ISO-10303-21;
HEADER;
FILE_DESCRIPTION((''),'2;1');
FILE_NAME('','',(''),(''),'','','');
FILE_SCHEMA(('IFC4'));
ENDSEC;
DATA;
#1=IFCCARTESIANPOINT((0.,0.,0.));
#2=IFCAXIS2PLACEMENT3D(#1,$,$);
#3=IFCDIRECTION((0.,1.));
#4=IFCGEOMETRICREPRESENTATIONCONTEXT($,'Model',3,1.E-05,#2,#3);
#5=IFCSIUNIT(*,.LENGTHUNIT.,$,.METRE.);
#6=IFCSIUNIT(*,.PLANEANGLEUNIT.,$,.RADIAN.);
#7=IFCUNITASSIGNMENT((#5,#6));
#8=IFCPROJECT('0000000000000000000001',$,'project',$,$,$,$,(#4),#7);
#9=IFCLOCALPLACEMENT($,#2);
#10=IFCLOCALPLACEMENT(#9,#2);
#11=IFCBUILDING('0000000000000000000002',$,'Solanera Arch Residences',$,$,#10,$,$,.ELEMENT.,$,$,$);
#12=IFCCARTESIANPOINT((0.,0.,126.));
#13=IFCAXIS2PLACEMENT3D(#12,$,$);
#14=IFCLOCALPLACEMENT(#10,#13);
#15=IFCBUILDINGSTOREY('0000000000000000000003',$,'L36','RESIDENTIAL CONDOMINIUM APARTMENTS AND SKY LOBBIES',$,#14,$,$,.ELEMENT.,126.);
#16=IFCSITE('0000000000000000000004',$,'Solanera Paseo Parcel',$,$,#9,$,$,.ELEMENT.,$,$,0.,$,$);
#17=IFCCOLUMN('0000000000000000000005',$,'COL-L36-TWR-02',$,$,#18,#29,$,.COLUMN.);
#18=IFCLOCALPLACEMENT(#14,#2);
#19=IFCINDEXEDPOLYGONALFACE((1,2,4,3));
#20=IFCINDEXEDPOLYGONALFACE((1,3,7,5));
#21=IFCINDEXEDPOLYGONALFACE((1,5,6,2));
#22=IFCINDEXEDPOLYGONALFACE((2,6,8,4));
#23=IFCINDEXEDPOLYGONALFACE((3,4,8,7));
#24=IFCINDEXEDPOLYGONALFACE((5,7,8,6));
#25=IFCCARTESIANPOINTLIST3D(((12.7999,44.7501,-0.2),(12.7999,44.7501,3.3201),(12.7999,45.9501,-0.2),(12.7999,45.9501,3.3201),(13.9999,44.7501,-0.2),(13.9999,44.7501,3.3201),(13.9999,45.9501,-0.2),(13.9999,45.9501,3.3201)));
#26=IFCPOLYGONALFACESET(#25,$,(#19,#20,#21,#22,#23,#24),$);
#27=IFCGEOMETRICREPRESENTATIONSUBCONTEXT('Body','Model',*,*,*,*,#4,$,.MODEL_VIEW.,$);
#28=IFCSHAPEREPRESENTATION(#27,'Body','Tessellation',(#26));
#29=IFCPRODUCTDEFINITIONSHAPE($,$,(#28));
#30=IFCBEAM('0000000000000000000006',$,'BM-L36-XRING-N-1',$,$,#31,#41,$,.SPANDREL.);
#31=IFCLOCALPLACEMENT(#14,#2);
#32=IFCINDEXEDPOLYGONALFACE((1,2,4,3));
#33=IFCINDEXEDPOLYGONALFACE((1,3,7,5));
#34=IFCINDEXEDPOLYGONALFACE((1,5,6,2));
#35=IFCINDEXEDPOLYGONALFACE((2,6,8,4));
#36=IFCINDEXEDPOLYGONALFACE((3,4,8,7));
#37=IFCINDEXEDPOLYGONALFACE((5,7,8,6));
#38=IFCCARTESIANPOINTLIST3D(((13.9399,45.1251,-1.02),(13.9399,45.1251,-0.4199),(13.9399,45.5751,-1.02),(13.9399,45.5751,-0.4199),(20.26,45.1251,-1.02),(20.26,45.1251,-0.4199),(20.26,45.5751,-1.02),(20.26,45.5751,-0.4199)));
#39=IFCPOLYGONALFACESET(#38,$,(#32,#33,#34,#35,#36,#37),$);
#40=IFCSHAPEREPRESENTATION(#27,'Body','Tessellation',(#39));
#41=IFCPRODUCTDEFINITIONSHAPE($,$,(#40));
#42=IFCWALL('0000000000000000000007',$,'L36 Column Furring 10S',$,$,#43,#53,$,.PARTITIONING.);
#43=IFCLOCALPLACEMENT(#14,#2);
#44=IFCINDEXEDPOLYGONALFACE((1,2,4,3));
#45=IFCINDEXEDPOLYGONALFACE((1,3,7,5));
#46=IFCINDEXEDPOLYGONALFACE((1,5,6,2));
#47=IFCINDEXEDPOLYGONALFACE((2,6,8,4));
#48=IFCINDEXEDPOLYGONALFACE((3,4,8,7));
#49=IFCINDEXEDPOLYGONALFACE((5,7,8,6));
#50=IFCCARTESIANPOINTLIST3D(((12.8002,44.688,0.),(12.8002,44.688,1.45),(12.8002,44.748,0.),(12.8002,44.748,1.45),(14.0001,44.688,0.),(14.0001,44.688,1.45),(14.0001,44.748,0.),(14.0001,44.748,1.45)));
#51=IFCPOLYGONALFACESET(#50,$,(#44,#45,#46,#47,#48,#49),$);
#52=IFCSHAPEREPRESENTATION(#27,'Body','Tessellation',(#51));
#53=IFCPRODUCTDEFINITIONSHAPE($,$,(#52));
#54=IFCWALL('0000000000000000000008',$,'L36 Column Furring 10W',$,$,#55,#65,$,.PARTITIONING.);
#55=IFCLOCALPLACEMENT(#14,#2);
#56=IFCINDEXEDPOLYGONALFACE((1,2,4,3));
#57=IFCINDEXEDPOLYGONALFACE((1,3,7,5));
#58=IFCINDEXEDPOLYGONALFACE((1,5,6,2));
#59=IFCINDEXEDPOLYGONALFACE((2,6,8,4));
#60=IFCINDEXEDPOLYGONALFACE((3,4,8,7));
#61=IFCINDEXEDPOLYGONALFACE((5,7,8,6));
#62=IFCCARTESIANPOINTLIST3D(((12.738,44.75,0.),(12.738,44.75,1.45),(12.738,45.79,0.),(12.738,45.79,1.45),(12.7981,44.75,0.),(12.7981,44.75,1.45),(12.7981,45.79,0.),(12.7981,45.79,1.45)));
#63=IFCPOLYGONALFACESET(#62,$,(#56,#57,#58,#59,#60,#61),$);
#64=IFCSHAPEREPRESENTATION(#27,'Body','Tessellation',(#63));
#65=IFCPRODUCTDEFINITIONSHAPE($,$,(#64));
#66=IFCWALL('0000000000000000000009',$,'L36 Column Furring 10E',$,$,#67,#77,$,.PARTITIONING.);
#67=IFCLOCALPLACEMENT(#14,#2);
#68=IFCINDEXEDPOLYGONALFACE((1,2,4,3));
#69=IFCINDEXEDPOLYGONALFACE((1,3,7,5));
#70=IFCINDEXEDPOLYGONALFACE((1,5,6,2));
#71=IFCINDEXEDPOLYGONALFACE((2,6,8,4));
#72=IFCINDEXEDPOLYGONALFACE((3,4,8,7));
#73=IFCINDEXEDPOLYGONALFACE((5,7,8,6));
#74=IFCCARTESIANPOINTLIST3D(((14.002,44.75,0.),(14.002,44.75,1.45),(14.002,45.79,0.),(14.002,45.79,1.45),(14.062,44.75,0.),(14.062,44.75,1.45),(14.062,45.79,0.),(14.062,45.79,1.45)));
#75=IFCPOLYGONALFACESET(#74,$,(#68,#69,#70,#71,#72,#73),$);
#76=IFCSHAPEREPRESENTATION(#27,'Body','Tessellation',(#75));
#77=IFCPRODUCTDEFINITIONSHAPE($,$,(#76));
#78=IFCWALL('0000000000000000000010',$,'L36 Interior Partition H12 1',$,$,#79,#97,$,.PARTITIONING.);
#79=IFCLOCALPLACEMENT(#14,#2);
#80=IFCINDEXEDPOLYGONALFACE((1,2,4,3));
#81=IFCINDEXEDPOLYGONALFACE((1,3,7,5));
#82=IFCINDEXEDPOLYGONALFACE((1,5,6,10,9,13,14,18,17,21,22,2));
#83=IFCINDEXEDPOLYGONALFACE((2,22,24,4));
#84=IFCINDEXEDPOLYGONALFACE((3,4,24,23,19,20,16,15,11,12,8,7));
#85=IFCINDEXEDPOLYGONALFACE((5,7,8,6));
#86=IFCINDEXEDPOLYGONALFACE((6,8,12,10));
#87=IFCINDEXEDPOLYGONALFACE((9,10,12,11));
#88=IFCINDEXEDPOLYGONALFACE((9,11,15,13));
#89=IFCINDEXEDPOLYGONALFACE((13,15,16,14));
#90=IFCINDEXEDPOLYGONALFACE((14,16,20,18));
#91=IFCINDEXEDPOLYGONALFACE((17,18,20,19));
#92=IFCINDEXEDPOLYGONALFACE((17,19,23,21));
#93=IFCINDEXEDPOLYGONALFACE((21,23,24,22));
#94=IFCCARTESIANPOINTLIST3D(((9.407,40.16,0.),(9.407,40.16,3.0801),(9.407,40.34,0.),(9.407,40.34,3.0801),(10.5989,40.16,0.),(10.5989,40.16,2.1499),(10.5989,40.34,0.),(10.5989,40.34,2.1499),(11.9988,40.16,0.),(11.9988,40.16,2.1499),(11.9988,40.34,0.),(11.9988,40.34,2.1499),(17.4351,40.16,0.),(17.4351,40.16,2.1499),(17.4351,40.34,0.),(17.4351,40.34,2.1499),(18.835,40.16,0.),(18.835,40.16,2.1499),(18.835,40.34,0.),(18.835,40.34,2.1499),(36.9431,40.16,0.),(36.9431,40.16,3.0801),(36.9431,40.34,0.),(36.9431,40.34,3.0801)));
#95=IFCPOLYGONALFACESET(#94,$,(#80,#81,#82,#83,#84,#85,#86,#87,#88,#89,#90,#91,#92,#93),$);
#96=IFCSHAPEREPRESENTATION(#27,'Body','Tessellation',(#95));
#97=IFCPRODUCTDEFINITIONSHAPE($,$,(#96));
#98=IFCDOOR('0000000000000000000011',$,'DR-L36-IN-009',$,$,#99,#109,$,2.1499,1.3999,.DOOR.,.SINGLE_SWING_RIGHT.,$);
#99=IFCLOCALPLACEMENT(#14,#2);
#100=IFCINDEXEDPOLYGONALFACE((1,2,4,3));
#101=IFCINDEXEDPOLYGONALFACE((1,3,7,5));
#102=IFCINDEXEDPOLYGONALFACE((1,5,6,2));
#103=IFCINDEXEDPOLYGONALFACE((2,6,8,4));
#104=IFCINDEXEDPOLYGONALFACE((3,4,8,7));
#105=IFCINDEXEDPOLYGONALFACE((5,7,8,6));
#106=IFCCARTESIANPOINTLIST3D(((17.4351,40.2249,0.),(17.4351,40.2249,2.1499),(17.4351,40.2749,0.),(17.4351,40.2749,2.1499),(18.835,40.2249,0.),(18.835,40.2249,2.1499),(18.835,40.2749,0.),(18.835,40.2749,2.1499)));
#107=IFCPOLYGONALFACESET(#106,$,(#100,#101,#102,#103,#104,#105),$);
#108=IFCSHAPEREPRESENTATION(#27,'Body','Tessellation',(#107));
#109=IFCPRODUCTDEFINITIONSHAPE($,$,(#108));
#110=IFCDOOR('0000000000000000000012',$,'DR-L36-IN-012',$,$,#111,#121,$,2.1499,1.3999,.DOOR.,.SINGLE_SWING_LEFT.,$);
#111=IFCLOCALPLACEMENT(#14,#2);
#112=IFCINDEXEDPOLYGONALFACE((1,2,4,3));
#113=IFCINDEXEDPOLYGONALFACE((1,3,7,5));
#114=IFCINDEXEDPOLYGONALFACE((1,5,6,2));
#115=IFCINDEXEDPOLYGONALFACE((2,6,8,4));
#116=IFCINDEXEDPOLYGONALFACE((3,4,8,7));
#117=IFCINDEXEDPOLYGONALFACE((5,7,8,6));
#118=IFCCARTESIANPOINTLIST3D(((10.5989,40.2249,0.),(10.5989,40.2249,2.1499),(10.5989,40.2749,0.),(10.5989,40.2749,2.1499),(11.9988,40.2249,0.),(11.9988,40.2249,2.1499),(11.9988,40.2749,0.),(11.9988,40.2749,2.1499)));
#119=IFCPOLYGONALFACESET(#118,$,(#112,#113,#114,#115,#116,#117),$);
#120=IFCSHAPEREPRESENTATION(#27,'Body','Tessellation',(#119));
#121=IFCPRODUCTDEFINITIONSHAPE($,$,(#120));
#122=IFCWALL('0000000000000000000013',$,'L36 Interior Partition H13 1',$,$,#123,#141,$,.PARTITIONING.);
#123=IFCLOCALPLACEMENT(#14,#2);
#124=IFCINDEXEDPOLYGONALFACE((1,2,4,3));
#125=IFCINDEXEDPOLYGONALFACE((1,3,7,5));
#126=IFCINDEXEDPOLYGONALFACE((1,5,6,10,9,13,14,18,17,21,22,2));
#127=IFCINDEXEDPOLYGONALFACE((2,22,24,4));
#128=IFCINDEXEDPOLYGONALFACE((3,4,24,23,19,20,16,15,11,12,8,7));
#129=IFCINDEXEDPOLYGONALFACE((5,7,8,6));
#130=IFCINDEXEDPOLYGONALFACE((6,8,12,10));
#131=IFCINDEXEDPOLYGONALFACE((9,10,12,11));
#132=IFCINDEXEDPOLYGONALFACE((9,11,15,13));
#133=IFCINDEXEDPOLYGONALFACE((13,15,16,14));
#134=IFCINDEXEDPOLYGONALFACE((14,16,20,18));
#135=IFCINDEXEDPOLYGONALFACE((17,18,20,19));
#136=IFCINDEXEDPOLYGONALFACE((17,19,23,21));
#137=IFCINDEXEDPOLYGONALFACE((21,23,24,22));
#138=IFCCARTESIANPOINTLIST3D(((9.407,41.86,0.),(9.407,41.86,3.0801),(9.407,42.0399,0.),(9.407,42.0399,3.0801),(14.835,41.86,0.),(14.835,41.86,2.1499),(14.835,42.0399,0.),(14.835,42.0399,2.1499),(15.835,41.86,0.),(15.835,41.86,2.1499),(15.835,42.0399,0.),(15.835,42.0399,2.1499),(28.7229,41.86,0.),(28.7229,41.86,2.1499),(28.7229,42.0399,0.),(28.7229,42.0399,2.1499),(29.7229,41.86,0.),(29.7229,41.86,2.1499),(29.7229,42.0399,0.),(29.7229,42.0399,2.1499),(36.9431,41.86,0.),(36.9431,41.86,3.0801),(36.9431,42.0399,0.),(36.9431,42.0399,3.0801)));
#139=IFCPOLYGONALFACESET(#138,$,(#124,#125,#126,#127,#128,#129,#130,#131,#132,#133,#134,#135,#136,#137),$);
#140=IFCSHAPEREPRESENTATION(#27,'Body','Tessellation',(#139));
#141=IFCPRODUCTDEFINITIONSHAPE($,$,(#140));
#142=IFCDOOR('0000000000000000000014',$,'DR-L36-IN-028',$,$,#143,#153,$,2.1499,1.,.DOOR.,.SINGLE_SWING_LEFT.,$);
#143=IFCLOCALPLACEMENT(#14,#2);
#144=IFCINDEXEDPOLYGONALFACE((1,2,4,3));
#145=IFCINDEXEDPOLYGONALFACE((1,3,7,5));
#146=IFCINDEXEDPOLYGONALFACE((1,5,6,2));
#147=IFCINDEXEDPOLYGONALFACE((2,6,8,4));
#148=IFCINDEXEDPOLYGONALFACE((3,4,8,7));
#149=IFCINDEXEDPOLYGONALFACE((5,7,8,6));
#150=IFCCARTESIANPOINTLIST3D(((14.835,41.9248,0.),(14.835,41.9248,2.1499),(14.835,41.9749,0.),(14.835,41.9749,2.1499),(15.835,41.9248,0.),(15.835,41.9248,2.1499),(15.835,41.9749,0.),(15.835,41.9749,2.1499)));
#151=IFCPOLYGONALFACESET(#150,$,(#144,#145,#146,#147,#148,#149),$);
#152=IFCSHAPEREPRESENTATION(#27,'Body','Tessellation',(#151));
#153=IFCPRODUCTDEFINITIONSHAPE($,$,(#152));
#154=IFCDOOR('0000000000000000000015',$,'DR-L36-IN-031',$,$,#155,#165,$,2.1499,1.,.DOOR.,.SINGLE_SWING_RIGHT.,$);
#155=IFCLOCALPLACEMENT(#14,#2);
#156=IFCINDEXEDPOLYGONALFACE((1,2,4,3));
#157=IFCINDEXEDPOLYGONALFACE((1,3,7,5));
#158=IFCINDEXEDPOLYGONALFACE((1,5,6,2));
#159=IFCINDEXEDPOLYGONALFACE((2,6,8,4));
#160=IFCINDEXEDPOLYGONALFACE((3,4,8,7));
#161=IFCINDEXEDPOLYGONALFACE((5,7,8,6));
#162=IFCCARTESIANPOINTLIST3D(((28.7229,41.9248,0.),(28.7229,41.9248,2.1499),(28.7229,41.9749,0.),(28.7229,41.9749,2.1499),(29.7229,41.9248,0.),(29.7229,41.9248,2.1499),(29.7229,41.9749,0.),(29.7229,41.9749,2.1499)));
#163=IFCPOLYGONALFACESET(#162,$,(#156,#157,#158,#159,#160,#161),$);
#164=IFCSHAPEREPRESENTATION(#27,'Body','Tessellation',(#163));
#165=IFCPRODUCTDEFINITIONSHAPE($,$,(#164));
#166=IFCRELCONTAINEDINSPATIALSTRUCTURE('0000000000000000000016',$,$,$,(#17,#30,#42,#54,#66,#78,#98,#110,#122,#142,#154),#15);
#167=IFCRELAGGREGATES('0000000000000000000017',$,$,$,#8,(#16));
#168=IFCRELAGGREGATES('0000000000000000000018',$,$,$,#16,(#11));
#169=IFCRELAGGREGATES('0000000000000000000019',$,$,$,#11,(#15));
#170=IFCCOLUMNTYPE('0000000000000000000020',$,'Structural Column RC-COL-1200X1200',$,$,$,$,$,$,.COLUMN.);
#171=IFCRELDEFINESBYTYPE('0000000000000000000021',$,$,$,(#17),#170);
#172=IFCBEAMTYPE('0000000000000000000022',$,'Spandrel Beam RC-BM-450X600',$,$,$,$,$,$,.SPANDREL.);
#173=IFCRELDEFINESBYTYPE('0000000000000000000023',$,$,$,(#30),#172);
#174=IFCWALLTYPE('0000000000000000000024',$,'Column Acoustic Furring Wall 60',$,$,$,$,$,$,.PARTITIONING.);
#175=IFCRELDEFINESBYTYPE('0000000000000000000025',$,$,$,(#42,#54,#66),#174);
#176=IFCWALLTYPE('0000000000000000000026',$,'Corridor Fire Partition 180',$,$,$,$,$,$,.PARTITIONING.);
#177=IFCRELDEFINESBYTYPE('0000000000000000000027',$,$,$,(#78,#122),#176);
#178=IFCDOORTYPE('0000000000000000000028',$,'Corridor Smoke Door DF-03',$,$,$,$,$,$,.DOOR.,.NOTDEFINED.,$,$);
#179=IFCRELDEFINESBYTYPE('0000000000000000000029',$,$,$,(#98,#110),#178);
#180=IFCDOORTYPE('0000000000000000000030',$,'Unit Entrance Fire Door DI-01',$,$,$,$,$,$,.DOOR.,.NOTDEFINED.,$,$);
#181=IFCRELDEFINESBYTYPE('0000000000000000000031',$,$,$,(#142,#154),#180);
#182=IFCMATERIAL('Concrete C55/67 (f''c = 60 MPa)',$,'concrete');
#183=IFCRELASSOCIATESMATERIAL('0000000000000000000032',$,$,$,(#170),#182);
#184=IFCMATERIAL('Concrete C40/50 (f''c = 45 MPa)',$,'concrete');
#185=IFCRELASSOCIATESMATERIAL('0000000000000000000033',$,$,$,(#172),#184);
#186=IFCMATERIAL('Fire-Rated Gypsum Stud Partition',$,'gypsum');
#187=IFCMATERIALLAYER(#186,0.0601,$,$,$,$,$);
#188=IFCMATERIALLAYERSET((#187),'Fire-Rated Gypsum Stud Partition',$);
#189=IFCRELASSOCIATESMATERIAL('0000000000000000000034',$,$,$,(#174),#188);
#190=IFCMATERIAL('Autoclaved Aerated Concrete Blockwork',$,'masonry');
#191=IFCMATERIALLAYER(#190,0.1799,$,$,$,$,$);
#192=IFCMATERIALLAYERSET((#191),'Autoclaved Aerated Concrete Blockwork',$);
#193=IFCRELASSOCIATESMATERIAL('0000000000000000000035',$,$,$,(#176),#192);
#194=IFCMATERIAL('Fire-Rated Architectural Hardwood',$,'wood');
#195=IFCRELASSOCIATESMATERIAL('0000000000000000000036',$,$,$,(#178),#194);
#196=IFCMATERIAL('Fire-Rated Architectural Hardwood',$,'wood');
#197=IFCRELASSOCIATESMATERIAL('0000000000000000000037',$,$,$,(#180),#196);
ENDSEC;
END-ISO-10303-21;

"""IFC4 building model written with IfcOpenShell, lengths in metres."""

from ifc_helpers import new_model, si_unit, direction, frame, frame_2d, origin, origin_2d, place, context, subcontext, project, spatial, rectangle, extrude, material, layer, layer_set, material_profile, profile_set, type_object, element, fill, save


model = new_model("IFC4")

# Units and contexts
model_context = context("Model", 3, precision=1e-05, world=origin(), true_north=direction((0.0, 1.0)))
body_context = subcontext(model_context, "Body", "Model", "MODEL_VIEW")
ifc_project = project(units=[si_unit("LENGTHUNIT", "METRE"), si_unit("PLANEANGLEUNIT", "RADIAN")], contexts=[model_context])

# Site, building, storey
site_placement = place(None, origin())
site = spatial("IfcSite", under=ifc_project, at=site_placement, Name="Solanera Paseo Parcel", CompositionType="ELEMENT", RefElevation=0.0)
building_placement = place(site_placement, origin())
building = spatial("IfcBuilding", under=site, at=building_placement, Name="Solanera Arch Residences", CompositionType="ELEMENT")
storey_placement = place(building_placement, frame((0.0, 0.0, 126.0)))
storey = spatial("IfcBuildingStorey", under=building, at=storey_placement, Name="L36", Description="RESIDENTIAL CONDOMINIUM APARTMENTS AND SKY LOBBIES", CompositionType="ELEMENT", Elevation=126.0)

# Column
ifc_material_1 = material(Name="Concrete C55/67 (f'c = 60 MPa)", Category="concrete")
ifc_material_profile_1 = material_profile(ifc_material_1, rectangle(XDim=1.2, YDim=1.2, at=origin_2d()))
ifc_profile_set_1 = profile_set([ifc_material_profile_1], Name="Concrete C55/67 (f'c = 60 MPa)")
column_type = type_object("IfcColumnType", Name="Structural Column RC-COL-1200X1200", PredefinedType="COLUMN", material=ifc_profile_set_1)
column_placement = place(storey_placement, frame((13.3999, 45.3501, -0.2), z_axis=(0.0, 0.0, 1.0), x_axis=(1.0, 0.0, 0.0)))
element("IfcColumn", 1, at=column_placement, inside=storey, type_object=column_type, Name="COL-L36-TWR-02", PredefinedType="COLUMN", context=body_context, shape_type="SweptSolid", body=[
    extrude(rectangle(XDim=1.2, YDim=1.2, at=origin_2d()), origin(), (0.0, 0.0, 1.0), 3.52),
])

# Beam
ifc_material_2 = material(Name="Concrete C40/50 (f'c = 45 MPa)", Category="concrete")
ifc_material_profile_2 = material_profile(ifc_material_2, rectangle(XDim=0.45, YDim=0.6001, at=origin_2d()))
ifc_profile_set_2 = profile_set([ifc_material_profile_2], Name="Concrete C40/50 (f'c = 45 MPa)")
beam_type = type_object("IfcBeamType", Name="Spandrel Beam RC-BM-450X600", PredefinedType="SPANDREL", material=ifc_profile_set_2)
beam_placement = place(storey_placement, frame((13.9399, 45.3501, -0.72), z_axis=(1.0, 0.0, 0.0), x_axis=(0.0, 1.0, 0.0)))
element("IfcBeam", 2, at=beam_placement, inside=storey, type_object=beam_type, Name="BM-L36-XRING-N-1", PredefinedType="SPANDREL", context=body_context, shape_type="SweptSolid", body=[
    extrude(rectangle(XDim=0.45, YDim=0.6001, at=origin_2d()), origin(), (0.0, 0.0, 1.0), 6.3201),
])

# Walls
ifc_material_3 = material(Name="Fire-Rated Gypsum Stud Partition", Category="gypsum")
ifc_layer_1 = layer(ifc_material_3, 0.0601)
ifc_layer_set_1 = layer_set([ifc_layer_1], Name="Fire-Rated Gypsum Stud Partition")
wall_type_1 = type_object("IfcWallType", Name="Column Acoustic Furring Wall 60", PredefinedType="PARTITIONING", material=ifc_layer_set_1)
wall_1_placement = place(storey_placement, frame((12.8, 44.718, 0.0), z_axis=(0.0, 0.0, 1.0), x_axis=(1.0, 0.0, 0.0)))
element("IfcWall", 3, at=wall_1_placement, inside=storey, type_object=wall_type_1, Name="L36 Column Furring 10S", PredefinedType="PARTITIONING", context=body_context, shape_type="SweptSolid", body=[
    extrude(rectangle(XDim=1.2, YDim=0.0601, at=frame_2d((0.6001, 0.0))), origin(), (0.0, 0.0, 1.0), 1.45),
])
for number, where, z_axis, x_axis, name in (
    (4, (12.7681, 44.75, 0.0), (0.0, 0.0, 1.0), (0.0, 1.0, 0.0), "L36 Column Furring 10W"),
    (5, (14.032, 44.75, 0.0), (0.0, 0.0, 1.0), (0.0, 1.0, 0.0), "L36 Column Furring 10E"),
):
    element("IfcWall", number, at=place(storey_placement, frame(where, z_axis=z_axis, x_axis=x_axis)), inside=storey, type_object=wall_type_1, Name=name, PredefinedType="PARTITIONING", context=body_context, shape_type="SweptSolid", body=[
        extrude(rectangle(XDim=1.04, YDim=0.0601, at=frame_2d((0.52, 0.0))), origin(), (0.0, 0.0, 1.0), 1.45),
    ])

# Walls, openings, doors
ifc_material_4 = material(Name="Autoclaved Aerated Concrete Blockwork", Category="masonry")
ifc_layer_2 = layer(ifc_material_4, 0.1799)
ifc_layer_set_2 = layer_set([ifc_layer_2], Name="Autoclaved Aerated Concrete Blockwork")
wall_type_2 = type_object("IfcWallType", Name="Corridor Fire Partition 180", PredefinedType="PARTITIONING", material=ifc_layer_set_2)
wall_2_placement = place(storey_placement, frame((9.407, 40.25, 0.0), z_axis=(0.0, 0.0, 1.0), x_axis=(1.0, 0.0, 0.0)))
wall_2 = element("IfcWall", 6, at=wall_2_placement, inside=storey, type_object=wall_type_2, Name="L36 Interior Partition H12 1", PredefinedType="PARTITIONING", context=body_context, shape_type="SweptSolid", body=[
    extrude(rectangle(XDim=27.5361, YDim=0.1799, at=frame_2d((13.7681, 0.0))), origin(), (0.0, 0.0, 1.0), 3.0801),
])
opening_1_placement = place(wall_2_placement, frame((8.0281, 0.0, 0.0)))
opening_1 = element("IfcOpeningElement", 7, at=opening_1_placement, cuts=wall_2, PredefinedType="OPENING", context=body_context, shape_type="SweptSolid", body=[
    extrude(rectangle(XDim=1.3999, YDim=2.1499, at=frame_2d((0.7, 1.075))), frame((0.0, 0.1001, 0.0), z_axis=(0.0, -1.0, 0.0), x_axis=(1.0, 0.0, 0.0)), (0.0, 0.0, 1.0), 0.1999),
])
opening_2_placement = place(wall_2_placement, frame((1.1919, 0.0, 0.0)))
opening_2 = element("IfcOpeningElement", 8, at=opening_2_placement, cuts=wall_2, PredefinedType="OPENING", context=body_context, shape_type="SweptSolid", body=[
    extrude(rectangle(XDim=1.3999, YDim=2.1499, at=frame_2d((0.7, 1.075))), frame((0.0, 0.1001, 0.0), z_axis=(0.0, -1.0, 0.0), x_axis=(1.0, 0.0, 0.0)), (0.0, 0.0, 1.0), 0.1999),
])
ifc_material_5 = material(Name="Fire-Rated Architectural Hardwood", Category="wood")
door_type_1 = type_object("IfcDoorType", Name="Corridor Smoke Door DF-03", OperationType="NOTDEFINED", PredefinedType="DOOR", material=ifc_material_5)
door_1_placement = place(opening_1_placement, origin())
door_1 = element("IfcDoor", 9, at=door_1_placement, inside=storey, type_object=door_type_1, Name="DR-L36-IN-009", OperationType="SINGLE_SWING_RIGHT", OverallHeight=2.1499, OverallWidth=1.3999, PredefinedType="DOOR", context=body_context, shape_type="SweptSolid", body=[
    extrude(rectangle(XDim=1.3999, YDim=2.1499, at=frame_2d((0.7, 1.075))), frame((0.0, 0.0249, 0.0), z_axis=(0.0, -1.0, 0.0), x_axis=(1.0, 0.0, 0.0)), (0.0, 0.0, 1.0), 0.05),
])
fill(opening_1, door_1)
door_2_placement = place(opening_2_placement, origin())
door_2 = element("IfcDoor", 10, at=door_2_placement, inside=storey, type_object=door_type_1, Name="DR-L36-IN-012", OperationType="SINGLE_SWING_LEFT", OverallHeight=2.1499, OverallWidth=1.3999, PredefinedType="DOOR", context=body_context, shape_type="SweptSolid", body=[
    extrude(rectangle(XDim=1.3999, YDim=2.1499, at=frame_2d((0.7, 1.075))), frame((0.0, 0.0249, 0.0), z_axis=(0.0, -1.0, 0.0), x_axis=(1.0, 0.0, 0.0)), (0.0, 0.0, 1.0), 0.05),
])
fill(opening_2, door_2)
wall_3_placement = place(storey_placement, frame((9.407, 41.95, 0.0), z_axis=(0.0, 0.0, 1.0), x_axis=(1.0, 0.0, 0.0)))
wall_3 = element("IfcWall", 11, at=wall_3_placement, inside=storey, type_object=wall_type_2, Name="L36 Interior Partition H13 1", PredefinedType="PARTITIONING", context=body_context, shape_type="SweptSolid", body=[
    extrude(rectangle(XDim=27.5361, YDim=0.1799, at=frame_2d((13.7681, 0.0))), origin(), (0.0, 0.0, 1.0), 3.0801),
])
opening_3_placement = place(wall_3_placement, frame((5.428, 0.0, 0.0)))
opening_3 = element("IfcOpeningElement", 12, at=opening_3_placement, cuts=wall_3, PredefinedType="OPENING", context=body_context, shape_type="SweptSolid", body=[
    extrude(rectangle(XDim=1.0, YDim=2.1499, at=frame_2d((0.5, 1.075))), frame((0.0, 0.1001, 0.0), z_axis=(0.0, -1.0, 0.0), x_axis=(1.0, 0.0, 0.0)), (0.0, 0.0, 1.0), 0.1999),
])
opening_4_placement = place(wall_3_placement, frame((19.3159, 0.0, 0.0)))
opening_4 = element("IfcOpeningElement", 13, at=opening_4_placement, cuts=wall_3, PredefinedType="OPENING", context=body_context, shape_type="SweptSolid", body=[
    extrude(rectangle(XDim=1.0, YDim=2.1499, at=frame_2d((0.5, 1.075))), frame((0.0, 0.1001, 0.0), z_axis=(0.0, -1.0, 0.0), x_axis=(1.0, 0.0, 0.0)), (0.0, 0.0, 1.0), 0.1999),
])
ifc_material_6 = material(Name="Fire-Rated Architectural Hardwood", Category="wood")
door_type_2 = type_object("IfcDoorType", Name="Unit Entrance Fire Door DI-01", OperationType="NOTDEFINED", PredefinedType="DOOR", material=ifc_material_6)
door_3_placement = place(opening_3_placement, origin())
door_3 = element("IfcDoor", 14, at=door_3_placement, inside=storey, type_object=door_type_2, Name="DR-L36-IN-028", OperationType="SINGLE_SWING_LEFT", OverallHeight=2.1499, OverallWidth=1.0, PredefinedType="DOOR", context=body_context, shape_type="SweptSolid", body=[
    extrude(rectangle(XDim=1.0, YDim=2.1499, at=frame_2d((0.5, 1.075))), frame((0.0, 0.0249, 0.0), z_axis=(0.0, -1.0, 0.0), x_axis=(1.0, 0.0, 0.0)), (0.0, 0.0, 1.0), 0.05),
])
fill(opening_3, door_3)
door_4_placement = place(opening_4_placement, origin())
door_4 = element("IfcDoor", 15, at=door_4_placement, inside=storey, type_object=door_type_2, Name="DR-L36-IN-031", OperationType="SINGLE_SWING_RIGHT", OverallHeight=2.1499, OverallWidth=1.0, PredefinedType="DOOR", context=body_context, shape_type="SweptSolid", body=[
    extrude(rectangle(XDim=1.0, YDim=2.1499, at=frame_2d((0.5, 1.075))), frame((0.0, 0.0249, 0.0), z_axis=(0.0, -1.0, 0.0), x_axis=(1.0, 0.0, 0.0)), (0.0, 0.0, 1.0), 0.05),
])
fill(opening_4, door_4)

save(model, "model.ifc")
